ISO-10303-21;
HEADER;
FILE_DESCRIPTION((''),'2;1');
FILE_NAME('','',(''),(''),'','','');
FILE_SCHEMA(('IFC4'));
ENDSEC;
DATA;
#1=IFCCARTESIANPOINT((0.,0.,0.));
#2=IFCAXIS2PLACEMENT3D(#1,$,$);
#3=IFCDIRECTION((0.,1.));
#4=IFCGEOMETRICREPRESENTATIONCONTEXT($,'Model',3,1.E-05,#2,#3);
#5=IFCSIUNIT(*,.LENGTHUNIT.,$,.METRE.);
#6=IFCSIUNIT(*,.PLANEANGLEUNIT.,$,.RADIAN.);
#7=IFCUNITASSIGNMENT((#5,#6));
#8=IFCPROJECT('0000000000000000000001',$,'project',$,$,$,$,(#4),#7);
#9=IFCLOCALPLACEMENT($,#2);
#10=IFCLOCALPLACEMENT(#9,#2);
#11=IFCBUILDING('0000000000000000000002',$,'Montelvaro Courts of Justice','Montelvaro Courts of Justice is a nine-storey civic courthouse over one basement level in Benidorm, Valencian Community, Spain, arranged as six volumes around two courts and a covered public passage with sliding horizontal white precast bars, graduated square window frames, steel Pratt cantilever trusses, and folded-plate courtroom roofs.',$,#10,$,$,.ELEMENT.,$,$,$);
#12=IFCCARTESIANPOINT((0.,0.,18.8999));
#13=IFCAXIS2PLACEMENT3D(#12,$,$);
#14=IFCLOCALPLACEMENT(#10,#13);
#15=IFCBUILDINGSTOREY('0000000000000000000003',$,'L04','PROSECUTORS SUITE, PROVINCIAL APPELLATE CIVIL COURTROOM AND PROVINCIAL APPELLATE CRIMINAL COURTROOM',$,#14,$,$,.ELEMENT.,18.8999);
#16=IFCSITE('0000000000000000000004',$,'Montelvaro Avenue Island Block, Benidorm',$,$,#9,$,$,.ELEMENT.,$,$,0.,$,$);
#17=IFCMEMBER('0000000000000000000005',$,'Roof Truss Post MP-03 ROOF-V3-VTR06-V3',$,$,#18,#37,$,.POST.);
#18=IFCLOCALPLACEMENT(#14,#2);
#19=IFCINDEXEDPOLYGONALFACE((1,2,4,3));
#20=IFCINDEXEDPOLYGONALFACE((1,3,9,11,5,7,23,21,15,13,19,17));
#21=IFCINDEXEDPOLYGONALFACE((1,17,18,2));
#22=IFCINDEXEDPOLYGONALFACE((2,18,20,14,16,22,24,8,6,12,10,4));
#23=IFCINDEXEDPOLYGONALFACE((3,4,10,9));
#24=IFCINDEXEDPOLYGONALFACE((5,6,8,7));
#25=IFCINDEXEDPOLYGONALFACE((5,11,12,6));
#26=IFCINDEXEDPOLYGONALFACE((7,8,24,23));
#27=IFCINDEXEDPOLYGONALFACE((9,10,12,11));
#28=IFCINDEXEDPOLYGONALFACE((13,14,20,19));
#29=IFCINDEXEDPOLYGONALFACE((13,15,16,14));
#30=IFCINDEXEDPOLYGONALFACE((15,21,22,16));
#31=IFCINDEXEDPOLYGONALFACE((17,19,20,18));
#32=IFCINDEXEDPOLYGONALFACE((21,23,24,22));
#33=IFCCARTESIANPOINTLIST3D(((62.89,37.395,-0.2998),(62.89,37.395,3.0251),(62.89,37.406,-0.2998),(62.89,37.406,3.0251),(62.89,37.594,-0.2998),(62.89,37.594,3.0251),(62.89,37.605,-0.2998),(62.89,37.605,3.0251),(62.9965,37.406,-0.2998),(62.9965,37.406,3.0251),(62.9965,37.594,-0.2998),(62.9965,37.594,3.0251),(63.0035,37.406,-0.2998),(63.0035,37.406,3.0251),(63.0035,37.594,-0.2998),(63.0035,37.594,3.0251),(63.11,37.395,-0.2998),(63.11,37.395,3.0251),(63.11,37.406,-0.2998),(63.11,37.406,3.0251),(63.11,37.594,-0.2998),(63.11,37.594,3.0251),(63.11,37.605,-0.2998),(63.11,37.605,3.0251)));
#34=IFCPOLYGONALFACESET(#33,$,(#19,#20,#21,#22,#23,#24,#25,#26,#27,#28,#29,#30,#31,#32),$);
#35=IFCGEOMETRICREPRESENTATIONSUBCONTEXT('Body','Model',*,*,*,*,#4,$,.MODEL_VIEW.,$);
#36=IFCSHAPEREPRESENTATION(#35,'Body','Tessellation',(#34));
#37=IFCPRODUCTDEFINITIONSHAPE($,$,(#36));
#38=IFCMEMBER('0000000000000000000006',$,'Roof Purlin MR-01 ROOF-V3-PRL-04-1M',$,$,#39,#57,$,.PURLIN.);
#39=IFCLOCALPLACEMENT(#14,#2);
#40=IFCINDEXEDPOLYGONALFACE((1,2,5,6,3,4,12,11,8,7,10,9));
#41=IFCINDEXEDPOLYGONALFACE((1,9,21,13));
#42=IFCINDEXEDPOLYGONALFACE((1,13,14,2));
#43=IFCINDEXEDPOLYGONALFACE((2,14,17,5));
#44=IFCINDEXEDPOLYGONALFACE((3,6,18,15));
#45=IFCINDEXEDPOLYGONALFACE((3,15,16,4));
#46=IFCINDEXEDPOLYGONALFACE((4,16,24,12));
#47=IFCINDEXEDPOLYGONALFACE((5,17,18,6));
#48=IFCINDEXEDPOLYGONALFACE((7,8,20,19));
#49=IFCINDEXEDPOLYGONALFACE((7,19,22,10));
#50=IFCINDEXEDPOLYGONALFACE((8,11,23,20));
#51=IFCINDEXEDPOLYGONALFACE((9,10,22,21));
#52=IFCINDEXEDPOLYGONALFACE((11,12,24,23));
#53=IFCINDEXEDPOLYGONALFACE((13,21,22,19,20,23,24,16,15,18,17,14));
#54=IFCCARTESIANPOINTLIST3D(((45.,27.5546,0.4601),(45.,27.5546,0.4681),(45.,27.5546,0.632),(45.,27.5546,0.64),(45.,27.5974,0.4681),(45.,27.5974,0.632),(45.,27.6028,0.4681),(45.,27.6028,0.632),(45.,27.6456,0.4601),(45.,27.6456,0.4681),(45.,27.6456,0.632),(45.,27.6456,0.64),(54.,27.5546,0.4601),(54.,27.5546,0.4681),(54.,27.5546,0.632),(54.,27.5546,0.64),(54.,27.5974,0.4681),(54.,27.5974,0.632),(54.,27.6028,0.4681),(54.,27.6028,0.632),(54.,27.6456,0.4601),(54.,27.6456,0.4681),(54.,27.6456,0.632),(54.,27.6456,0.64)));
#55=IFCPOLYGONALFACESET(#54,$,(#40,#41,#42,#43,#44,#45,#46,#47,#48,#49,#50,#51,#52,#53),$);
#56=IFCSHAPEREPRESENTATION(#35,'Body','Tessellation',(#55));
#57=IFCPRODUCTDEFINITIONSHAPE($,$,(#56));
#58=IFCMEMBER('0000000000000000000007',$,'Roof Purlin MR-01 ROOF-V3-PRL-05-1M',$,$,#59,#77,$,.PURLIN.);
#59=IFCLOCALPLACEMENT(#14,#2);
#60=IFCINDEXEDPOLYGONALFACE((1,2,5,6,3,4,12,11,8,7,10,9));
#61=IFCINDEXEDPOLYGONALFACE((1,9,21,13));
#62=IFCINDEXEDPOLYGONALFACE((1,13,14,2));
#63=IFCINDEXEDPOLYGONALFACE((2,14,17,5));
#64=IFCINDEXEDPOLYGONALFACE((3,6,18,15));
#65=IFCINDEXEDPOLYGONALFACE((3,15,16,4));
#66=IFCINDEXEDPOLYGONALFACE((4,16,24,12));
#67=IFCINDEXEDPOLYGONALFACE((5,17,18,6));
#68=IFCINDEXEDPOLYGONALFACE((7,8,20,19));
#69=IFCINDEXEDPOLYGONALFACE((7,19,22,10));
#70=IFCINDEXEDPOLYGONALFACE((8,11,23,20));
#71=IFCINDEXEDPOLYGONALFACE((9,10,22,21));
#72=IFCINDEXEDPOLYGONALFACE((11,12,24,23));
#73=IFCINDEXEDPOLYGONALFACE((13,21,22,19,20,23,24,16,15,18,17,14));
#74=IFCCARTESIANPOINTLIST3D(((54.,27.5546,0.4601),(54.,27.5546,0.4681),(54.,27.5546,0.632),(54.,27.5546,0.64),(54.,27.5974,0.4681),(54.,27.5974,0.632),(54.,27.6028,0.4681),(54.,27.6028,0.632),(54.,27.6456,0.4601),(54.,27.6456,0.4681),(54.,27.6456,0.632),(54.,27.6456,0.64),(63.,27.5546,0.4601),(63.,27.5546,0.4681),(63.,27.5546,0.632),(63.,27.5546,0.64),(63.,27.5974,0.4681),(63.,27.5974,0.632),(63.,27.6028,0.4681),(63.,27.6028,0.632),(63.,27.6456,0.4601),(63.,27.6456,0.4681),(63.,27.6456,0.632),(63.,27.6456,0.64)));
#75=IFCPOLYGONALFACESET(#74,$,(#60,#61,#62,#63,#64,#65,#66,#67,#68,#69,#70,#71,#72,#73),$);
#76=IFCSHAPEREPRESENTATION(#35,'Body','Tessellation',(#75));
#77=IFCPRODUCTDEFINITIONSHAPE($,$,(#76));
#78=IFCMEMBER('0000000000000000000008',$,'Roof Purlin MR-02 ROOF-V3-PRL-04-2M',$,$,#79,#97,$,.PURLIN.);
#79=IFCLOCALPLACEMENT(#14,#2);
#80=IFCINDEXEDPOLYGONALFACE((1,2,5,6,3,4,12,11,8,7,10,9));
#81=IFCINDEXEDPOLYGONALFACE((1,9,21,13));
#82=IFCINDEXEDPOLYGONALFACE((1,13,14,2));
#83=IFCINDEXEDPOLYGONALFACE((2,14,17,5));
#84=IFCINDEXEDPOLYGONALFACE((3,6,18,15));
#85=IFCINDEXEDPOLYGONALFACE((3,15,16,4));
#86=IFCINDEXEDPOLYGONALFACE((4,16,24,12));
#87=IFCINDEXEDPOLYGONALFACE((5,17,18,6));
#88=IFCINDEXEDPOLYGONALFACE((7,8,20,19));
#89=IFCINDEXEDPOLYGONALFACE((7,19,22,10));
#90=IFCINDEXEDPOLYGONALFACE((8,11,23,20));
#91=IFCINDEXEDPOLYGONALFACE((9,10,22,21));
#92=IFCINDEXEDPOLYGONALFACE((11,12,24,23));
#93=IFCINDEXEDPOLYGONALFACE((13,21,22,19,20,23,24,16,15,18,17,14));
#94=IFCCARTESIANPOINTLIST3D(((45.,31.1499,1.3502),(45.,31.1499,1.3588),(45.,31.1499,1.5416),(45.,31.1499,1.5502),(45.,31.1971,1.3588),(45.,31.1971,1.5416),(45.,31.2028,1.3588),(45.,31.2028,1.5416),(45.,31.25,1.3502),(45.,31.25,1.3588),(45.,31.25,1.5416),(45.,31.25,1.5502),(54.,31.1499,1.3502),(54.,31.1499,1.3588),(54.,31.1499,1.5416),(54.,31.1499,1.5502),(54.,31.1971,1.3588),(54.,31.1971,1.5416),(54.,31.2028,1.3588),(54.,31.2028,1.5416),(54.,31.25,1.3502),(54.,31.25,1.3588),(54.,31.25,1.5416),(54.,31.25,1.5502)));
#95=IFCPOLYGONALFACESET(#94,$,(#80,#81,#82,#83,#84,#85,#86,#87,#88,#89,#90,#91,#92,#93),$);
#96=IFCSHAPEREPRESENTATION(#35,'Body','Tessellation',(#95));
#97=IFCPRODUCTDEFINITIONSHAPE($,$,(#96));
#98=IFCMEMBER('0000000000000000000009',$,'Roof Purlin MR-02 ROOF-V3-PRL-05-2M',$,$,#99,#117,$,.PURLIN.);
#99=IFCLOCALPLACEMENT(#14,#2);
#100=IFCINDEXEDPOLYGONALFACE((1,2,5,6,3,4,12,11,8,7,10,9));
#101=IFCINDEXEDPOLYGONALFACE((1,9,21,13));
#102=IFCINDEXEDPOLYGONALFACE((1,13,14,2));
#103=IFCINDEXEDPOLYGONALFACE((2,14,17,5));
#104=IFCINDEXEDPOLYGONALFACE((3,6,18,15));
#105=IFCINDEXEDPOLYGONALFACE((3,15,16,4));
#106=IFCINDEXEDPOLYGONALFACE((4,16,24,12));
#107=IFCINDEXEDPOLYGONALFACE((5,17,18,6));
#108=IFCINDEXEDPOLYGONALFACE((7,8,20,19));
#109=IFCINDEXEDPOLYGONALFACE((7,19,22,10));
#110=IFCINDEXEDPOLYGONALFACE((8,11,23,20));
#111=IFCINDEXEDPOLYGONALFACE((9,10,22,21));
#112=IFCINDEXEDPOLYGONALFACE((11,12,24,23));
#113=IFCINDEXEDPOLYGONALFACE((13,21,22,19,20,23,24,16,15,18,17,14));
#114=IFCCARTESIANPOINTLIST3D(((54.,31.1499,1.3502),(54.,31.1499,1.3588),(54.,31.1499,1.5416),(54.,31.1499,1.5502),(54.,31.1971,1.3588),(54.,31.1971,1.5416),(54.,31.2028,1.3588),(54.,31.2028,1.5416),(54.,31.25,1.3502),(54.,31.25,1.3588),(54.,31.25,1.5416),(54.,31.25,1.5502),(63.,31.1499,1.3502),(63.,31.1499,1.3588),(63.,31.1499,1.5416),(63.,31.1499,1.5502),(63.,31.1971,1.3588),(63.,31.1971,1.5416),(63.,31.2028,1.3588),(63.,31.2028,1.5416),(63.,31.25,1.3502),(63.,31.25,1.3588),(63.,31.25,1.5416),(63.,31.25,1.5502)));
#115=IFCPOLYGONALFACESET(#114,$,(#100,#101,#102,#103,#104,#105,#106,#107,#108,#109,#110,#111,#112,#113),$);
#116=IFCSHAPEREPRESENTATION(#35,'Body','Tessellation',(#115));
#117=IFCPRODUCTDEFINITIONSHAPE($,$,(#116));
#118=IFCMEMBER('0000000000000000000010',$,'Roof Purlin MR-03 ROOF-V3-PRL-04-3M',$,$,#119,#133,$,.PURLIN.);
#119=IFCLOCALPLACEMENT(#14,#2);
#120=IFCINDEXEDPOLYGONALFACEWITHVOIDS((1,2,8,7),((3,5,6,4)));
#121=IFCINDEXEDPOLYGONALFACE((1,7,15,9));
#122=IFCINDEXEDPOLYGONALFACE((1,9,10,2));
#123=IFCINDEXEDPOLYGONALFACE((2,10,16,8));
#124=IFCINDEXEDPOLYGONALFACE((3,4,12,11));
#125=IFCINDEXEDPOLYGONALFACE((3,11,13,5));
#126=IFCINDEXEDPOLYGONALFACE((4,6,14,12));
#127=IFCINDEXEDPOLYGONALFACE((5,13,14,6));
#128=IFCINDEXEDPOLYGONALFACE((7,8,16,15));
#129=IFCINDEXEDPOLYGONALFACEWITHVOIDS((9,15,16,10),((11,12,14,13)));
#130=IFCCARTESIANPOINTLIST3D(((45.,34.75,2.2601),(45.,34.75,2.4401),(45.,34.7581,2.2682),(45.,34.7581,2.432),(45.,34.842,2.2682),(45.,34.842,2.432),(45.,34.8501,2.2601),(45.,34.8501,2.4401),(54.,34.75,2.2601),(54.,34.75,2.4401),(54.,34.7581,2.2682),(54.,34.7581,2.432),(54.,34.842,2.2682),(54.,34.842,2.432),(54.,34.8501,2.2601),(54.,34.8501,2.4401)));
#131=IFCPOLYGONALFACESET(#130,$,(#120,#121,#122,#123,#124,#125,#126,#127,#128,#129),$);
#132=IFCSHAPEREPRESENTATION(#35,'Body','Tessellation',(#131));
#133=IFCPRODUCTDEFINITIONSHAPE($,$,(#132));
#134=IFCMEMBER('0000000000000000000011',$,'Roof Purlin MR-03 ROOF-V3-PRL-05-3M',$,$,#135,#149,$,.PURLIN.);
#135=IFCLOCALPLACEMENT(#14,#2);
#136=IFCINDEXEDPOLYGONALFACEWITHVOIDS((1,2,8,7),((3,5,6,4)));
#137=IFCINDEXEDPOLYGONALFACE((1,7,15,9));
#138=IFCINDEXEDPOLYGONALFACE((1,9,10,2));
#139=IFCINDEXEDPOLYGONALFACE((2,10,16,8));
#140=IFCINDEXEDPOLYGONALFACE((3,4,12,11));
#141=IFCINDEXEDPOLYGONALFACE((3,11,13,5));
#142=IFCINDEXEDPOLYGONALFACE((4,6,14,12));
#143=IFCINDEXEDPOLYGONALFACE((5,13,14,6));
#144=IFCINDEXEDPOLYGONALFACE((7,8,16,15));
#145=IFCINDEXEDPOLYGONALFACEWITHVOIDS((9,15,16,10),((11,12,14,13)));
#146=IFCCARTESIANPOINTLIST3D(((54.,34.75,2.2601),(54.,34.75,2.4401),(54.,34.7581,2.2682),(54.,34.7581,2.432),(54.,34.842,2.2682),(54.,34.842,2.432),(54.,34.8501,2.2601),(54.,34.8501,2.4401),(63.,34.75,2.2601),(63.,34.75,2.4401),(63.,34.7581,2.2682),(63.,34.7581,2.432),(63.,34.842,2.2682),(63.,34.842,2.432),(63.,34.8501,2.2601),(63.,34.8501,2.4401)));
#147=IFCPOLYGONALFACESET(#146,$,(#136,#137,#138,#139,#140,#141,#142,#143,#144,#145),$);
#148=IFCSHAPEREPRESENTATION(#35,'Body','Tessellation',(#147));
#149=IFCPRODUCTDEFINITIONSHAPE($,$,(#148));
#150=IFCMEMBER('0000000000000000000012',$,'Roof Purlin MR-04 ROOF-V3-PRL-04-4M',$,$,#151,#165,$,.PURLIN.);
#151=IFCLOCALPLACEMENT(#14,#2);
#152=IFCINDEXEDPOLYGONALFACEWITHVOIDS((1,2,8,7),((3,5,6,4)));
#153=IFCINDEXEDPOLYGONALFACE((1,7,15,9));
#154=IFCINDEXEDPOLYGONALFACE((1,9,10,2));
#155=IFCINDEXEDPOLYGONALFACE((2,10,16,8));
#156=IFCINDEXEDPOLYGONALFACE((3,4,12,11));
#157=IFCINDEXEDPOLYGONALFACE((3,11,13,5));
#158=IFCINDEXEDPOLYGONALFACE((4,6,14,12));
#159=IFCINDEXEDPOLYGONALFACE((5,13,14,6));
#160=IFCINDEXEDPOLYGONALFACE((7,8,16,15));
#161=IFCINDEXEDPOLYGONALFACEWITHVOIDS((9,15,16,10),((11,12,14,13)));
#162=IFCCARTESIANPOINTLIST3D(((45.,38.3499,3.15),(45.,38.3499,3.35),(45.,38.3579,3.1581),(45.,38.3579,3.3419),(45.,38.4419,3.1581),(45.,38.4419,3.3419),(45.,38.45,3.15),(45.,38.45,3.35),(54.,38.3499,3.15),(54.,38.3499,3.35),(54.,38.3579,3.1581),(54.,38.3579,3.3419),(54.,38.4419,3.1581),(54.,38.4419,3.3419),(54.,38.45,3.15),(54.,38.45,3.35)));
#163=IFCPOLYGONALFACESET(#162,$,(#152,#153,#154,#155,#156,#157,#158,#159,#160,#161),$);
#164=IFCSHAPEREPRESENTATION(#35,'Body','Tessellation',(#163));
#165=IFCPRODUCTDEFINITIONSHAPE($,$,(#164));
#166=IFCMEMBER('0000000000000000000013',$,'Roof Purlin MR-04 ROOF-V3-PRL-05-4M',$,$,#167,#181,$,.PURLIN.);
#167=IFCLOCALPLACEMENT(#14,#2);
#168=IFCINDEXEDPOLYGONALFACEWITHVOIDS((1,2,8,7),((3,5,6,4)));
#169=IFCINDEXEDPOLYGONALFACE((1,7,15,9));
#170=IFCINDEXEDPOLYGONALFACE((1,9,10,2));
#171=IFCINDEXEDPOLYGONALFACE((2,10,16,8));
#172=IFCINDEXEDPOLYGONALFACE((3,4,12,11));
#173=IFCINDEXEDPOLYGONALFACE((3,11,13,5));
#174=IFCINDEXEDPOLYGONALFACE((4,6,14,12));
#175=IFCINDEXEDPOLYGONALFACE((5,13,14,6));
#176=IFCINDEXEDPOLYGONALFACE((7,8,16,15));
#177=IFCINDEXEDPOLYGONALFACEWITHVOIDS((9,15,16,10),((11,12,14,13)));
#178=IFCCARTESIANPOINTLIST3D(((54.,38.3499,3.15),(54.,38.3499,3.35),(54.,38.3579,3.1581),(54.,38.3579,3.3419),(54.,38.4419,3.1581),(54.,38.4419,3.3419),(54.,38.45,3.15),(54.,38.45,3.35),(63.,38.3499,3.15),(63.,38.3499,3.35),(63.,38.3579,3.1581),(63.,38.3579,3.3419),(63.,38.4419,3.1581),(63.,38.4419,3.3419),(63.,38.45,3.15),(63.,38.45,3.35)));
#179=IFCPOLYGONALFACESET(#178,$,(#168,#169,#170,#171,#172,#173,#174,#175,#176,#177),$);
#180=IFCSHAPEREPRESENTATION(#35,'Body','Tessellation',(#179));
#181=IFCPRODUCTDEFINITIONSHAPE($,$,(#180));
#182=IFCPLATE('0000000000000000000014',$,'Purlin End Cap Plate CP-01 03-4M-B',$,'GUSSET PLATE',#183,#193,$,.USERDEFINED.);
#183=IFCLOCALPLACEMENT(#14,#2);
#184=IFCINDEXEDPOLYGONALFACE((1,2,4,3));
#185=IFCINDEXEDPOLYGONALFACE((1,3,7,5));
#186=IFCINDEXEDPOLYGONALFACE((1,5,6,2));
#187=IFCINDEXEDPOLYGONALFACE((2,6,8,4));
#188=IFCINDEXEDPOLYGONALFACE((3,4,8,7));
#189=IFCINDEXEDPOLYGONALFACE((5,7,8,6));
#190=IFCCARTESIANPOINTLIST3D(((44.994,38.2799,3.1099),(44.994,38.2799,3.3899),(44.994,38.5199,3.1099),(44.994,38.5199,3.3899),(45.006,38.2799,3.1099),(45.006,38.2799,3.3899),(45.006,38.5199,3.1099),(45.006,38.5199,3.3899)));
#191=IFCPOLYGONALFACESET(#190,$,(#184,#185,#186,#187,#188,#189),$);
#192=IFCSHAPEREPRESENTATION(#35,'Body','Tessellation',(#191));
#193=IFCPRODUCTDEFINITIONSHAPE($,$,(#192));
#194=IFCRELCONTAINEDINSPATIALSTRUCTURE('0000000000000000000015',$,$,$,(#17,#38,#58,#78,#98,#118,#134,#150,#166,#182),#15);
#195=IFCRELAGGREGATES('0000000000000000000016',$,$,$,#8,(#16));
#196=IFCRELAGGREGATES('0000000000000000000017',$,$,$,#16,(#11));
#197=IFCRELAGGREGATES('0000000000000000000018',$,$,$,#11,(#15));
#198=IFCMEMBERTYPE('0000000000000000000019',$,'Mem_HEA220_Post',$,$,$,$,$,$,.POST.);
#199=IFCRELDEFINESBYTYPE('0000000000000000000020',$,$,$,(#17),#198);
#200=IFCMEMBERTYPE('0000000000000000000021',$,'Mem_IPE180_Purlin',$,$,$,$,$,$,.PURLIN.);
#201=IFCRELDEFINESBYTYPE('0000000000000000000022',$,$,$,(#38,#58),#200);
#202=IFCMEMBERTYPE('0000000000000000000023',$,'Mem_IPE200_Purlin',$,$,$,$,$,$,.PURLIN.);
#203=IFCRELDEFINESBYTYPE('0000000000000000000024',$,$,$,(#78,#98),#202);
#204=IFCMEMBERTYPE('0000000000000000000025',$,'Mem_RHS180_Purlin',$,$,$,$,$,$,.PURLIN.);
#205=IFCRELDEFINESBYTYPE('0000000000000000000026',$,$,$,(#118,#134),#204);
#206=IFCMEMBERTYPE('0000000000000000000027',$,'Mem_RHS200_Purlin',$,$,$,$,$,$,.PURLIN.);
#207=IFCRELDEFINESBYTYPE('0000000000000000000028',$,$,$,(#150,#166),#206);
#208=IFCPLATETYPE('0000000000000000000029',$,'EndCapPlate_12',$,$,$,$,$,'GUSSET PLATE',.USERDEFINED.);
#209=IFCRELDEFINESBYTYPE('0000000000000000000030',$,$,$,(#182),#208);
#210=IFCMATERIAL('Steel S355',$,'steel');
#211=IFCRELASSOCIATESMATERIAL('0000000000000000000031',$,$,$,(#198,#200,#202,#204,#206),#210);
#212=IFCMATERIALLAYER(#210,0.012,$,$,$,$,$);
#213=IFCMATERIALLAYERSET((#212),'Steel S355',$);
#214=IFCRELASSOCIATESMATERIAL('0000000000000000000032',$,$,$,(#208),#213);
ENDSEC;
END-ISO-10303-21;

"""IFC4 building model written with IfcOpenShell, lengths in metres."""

from ifc_helpers import new_model, si_unit, direction, frame, origin, origin_2d, place, context, subcontext, project, spatial, rectangle, hollow_rectangle, i_section, extrude, material, layer, layer_set, material_profile, profile_set, type_object, element, save


model = new_model("IFC4")

# Units and contexts
model_context = context("Model", 3, precision=1e-05, world=origin(), true_north=direction((0.0, 1.0)))
body_context = subcontext(model_context, "Body", "Model", "MODEL_VIEW")
ifc_project = project(units=[si_unit("LENGTHUNIT", "METRE"), si_unit("PLANEANGLEUNIT", "RADIAN")], contexts=[model_context])

# Site, building, storey
site_placement = place(None, origin())
site = spatial("IfcSite", under=ifc_project, at=site_placement, Name="Montelvaro Avenue Island Block, Benidorm", CompositionType="ELEMENT", RefElevation=0.0)
building_placement = place(site_placement, origin())
building = spatial("IfcBuilding", under=site, at=building_placement, Name="Montelvaro Courts of Justice", Description="Montelvaro Courts of Justice is a nine-storey civic courthouse over one basement level in Benidorm, Valencian Community, Spain, arranged as six volumes around two courts and a covered public passage with sliding horizontal white precast bars, graduated square window frames, steel Pratt cantilever trusses, and folded-plate courtroom roofs.", CompositionType="ELEMENT")
storey_placement = place(building_placement, frame((0.0, 0.0, 18.8999)))
storey = spatial("IfcBuildingStorey", under=building, at=storey_placement, Name="L04", Description="PROSECUTORS SUITE, PROVINCIAL APPELLATE CIVIL COURTROOM AND PROVINCIAL APPELLATE CRIMINAL COURTROOM", CompositionType="ELEMENT", Elevation=18.8999)

# Members
ifc_material_1 = material(Name="Steel S355", Category="steel")
ifc_material_profile_1 = material_profile(ifc_material_1, i_section(OverallWidth=0.22, OverallDepth=0.21, WebThickness=0.0071, FlangeThickness=0.011, at=origin_2d()), Name="HEA 220")
ifc_profile_set_1 = profile_set([ifc_material_profile_1], Name="Steel S355")
member_type_1 = type_object("IfcMemberType", Name="Mem_HEA220_Post", PredefinedType="POST", material=ifc_profile_set_1)
member_1_placement = place(storey_placement, frame((63.0, 37.5, -0.2998), z_axis=(0.0, 0.0, 1.0), x_axis=(1.0, 0.0, 0.0)))
element("IfcMember", 1, at=member_1_placement, inside=storey, type_object=member_type_1, Name="Roof Truss Post MP-03 ROOF-V3-VTR06-V3", PredefinedType="POST", context=body_context, shape_type="SweptSolid", body=[
    extrude(i_section(OverallWidth=0.22, OverallDepth=0.21, WebThickness=0.0071, FlangeThickness=0.011, at=origin_2d()), origin(), (0.0, 0.0, 1.0), 3.325),
])
ifc_material_profile_2 = material_profile(ifc_material_1, i_section(OverallWidth=0.0911, OverallDepth=0.1799, WebThickness=0.0054, FlangeThickness=0.0081, at=origin_2d()), Name="IPE 180")
ifc_profile_set_2 = profile_set([ifc_material_profile_2], Name="Steel S355")
member_type_2 = type_object("IfcMemberType", Name="Mem_IPE180_Purlin", PredefinedType="PURLIN", material=ifc_profile_set_2)
for number, where, z_axis, x_axis, name in (
    (2, (45.0, 27.6001, 0.55), (1.0, 0.0, 0.0), (0.0, 1.0, 0.0), "Roof Purlin MR-01 ROOF-V3-PRL-04-1M"),
    (3, (54.0, 27.6001, 0.55), (1.0, 0.0, 0.0), (0.0, 1.0, 0.0), "Roof Purlin MR-01 ROOF-V3-PRL-05-1M"),
):
    element("IfcMember", number, at=place(storey_placement, frame(where, z_axis=z_axis, x_axis=x_axis)), inside=storey, type_object=member_type_2, Name=name, PredefinedType="PURLIN", context=body_context, shape_type="SweptSolid", body=[
        extrude(i_section(OverallWidth=0.0911, OverallDepth=0.1799, WebThickness=0.0054, FlangeThickness=0.0081, at=origin_2d()), origin(), (0.0, 0.0, 1.0), 9.0),
    ])
ifc_material_profile_3 = material_profile(ifc_material_1, i_section(OverallWidth=0.1001, OverallDepth=0.2, WebThickness=0.0056, FlangeThickness=0.0085, at=origin_2d()), Name="IPE 200")
ifc_profile_set_3 = profile_set([ifc_material_profile_3], Name="Steel S355")
member_type_3 = type_object("IfcMemberType", Name="Mem_IPE200_Purlin", PredefinedType="PURLIN", material=ifc_profile_set_3)
for number, where, z_axis, x_axis, name in (
    (4, (45.0, 31.2, 1.4502), (1.0, 0.0, 0.0), (0.0, 1.0, 0.0), "Roof Purlin MR-02 ROOF-V3-PRL-04-2M"),
    (5, (54.0, 31.2, 1.4502), (1.0, 0.0, 0.0), (0.0, 1.0, 0.0), "Roof Purlin MR-02 ROOF-V3-PRL-05-2M"),
):
    element("IfcMember", number, at=place(storey_placement, frame(where, z_axis=z_axis, x_axis=x_axis)), inside=storey, type_object=member_type_3, Name=name, PredefinedType="PURLIN", context=body_context, shape_type="SweptSolid", body=[
        extrude(i_section(OverallWidth=0.1001, OverallDepth=0.2, WebThickness=0.0056, FlangeThickness=0.0085, at=origin_2d()), origin(), (0.0, 0.0, 1.0), 9.0),
    ])
ifc_material_profile_4 = material_profile(ifc_material_1, hollow_rectangle(XDim=0.1001, YDim=0.1799, WallThickness=0.0081, at=origin_2d()), Name="RHS 180x100x8")
ifc_profile_set_4 = profile_set([ifc_material_profile_4], Name="Steel S355")
member_type_4 = type_object("IfcMemberType", Name="Mem_RHS180_Purlin", PredefinedType="PURLIN", material=ifc_profile_set_4)
for number, where, z_axis, x_axis, name in (
    (6, (45.0, 34.8, 2.3501), (1.0, 0.0, 0.0), (0.0, 1.0, 0.0), "Roof Purlin MR-03 ROOF-V3-PRL-04-3M"),
    (7, (54.0, 34.8, 2.3501), (1.0, 0.0, 0.0), (0.0, 1.0, 0.0), "Roof Purlin MR-03 ROOF-V3-PRL-05-3M"),
):
    element("IfcMember", number, at=place(storey_placement, frame(where, z_axis=z_axis, x_axis=x_axis)), inside=storey, type_object=member_type_4, Name=name, PredefinedType="PURLIN", context=body_context, shape_type="SweptSolid", body=[
        extrude(hollow_rectangle(XDim=0.1001, YDim=0.1799, WallThickness=0.0081, at=origin_2d()), origin(), (0.0, 0.0, 1.0), 9.0),
    ])
ifc_material_profile_5 = material_profile(ifc_material_1, hollow_rectangle(XDim=0.1001, YDim=0.2, WallThickness=0.0081, at=origin_2d()), Name="RHS 200x100x8")
ifc_profile_set_5 = profile_set([ifc_material_profile_5], Name="Steel S355")
member_type_5 = type_object("IfcMemberType", Name="Mem_RHS200_Purlin", PredefinedType="PURLIN", material=ifc_profile_set_5)
for number, where, z_axis, x_axis, name in (
    (8, (45.0, 38.3999, 3.25), (1.0, 0.0, 0.0), (0.0, 1.0, 0.0), "Roof Purlin MR-04 ROOF-V3-PRL-04-4M"),
    (9, (54.0, 38.3999, 3.25), (1.0, 0.0, 0.0), (0.0, 1.0, 0.0), "Roof Purlin MR-04 ROOF-V3-PRL-05-4M"),
):
    element("IfcMember", number, at=place(storey_placement, frame(where, z_axis=z_axis, x_axis=x_axis)), inside=storey, type_object=member_type_5, Name=name, PredefinedType="PURLIN", context=body_context, shape_type="SweptSolid", body=[
        extrude(hollow_rectangle(XDim=0.1001, YDim=0.2, WallThickness=0.0081, at=origin_2d()), origin(), (0.0, 0.0, 1.0), 9.0),
    ])

# Plate
ifc_layer_1 = layer(ifc_material_1, 0.012)
ifc_layer_set_1 = layer_set([ifc_layer_1], Name="Steel S355")
plate_type_1 = type_object("IfcPlateType", Name="EndCapPlate_12", ElementType="GUSSET PLATE", PredefinedType="USERDEFINED", material=ifc_layer_set_1)
for number, where, z_axis, x_axis, name in (
    (10, (45.0, 38.3999, 3.1099), (0.0, 0.0, 1.0), (1.0, 0.0, 0.0), "Purlin End Cap Plate CP-01 03-4M-B"),
):
    element("IfcPlate", number, at=place(storey_placement, frame(where, z_axis=z_axis, x_axis=x_axis)), inside=storey, type_object=plate_type_1, Name=name, ObjectType="GUSSET PLATE", PredefinedType="USERDEFINED", context=body_context, shape_type="SweptSolid", body=[
        extrude(rectangle(XDim=0.012, YDim=0.24, at=origin_2d()), origin(), (0.0, 0.0, 1.0), 0.28),
    ])

save(model, "model.ifc")
